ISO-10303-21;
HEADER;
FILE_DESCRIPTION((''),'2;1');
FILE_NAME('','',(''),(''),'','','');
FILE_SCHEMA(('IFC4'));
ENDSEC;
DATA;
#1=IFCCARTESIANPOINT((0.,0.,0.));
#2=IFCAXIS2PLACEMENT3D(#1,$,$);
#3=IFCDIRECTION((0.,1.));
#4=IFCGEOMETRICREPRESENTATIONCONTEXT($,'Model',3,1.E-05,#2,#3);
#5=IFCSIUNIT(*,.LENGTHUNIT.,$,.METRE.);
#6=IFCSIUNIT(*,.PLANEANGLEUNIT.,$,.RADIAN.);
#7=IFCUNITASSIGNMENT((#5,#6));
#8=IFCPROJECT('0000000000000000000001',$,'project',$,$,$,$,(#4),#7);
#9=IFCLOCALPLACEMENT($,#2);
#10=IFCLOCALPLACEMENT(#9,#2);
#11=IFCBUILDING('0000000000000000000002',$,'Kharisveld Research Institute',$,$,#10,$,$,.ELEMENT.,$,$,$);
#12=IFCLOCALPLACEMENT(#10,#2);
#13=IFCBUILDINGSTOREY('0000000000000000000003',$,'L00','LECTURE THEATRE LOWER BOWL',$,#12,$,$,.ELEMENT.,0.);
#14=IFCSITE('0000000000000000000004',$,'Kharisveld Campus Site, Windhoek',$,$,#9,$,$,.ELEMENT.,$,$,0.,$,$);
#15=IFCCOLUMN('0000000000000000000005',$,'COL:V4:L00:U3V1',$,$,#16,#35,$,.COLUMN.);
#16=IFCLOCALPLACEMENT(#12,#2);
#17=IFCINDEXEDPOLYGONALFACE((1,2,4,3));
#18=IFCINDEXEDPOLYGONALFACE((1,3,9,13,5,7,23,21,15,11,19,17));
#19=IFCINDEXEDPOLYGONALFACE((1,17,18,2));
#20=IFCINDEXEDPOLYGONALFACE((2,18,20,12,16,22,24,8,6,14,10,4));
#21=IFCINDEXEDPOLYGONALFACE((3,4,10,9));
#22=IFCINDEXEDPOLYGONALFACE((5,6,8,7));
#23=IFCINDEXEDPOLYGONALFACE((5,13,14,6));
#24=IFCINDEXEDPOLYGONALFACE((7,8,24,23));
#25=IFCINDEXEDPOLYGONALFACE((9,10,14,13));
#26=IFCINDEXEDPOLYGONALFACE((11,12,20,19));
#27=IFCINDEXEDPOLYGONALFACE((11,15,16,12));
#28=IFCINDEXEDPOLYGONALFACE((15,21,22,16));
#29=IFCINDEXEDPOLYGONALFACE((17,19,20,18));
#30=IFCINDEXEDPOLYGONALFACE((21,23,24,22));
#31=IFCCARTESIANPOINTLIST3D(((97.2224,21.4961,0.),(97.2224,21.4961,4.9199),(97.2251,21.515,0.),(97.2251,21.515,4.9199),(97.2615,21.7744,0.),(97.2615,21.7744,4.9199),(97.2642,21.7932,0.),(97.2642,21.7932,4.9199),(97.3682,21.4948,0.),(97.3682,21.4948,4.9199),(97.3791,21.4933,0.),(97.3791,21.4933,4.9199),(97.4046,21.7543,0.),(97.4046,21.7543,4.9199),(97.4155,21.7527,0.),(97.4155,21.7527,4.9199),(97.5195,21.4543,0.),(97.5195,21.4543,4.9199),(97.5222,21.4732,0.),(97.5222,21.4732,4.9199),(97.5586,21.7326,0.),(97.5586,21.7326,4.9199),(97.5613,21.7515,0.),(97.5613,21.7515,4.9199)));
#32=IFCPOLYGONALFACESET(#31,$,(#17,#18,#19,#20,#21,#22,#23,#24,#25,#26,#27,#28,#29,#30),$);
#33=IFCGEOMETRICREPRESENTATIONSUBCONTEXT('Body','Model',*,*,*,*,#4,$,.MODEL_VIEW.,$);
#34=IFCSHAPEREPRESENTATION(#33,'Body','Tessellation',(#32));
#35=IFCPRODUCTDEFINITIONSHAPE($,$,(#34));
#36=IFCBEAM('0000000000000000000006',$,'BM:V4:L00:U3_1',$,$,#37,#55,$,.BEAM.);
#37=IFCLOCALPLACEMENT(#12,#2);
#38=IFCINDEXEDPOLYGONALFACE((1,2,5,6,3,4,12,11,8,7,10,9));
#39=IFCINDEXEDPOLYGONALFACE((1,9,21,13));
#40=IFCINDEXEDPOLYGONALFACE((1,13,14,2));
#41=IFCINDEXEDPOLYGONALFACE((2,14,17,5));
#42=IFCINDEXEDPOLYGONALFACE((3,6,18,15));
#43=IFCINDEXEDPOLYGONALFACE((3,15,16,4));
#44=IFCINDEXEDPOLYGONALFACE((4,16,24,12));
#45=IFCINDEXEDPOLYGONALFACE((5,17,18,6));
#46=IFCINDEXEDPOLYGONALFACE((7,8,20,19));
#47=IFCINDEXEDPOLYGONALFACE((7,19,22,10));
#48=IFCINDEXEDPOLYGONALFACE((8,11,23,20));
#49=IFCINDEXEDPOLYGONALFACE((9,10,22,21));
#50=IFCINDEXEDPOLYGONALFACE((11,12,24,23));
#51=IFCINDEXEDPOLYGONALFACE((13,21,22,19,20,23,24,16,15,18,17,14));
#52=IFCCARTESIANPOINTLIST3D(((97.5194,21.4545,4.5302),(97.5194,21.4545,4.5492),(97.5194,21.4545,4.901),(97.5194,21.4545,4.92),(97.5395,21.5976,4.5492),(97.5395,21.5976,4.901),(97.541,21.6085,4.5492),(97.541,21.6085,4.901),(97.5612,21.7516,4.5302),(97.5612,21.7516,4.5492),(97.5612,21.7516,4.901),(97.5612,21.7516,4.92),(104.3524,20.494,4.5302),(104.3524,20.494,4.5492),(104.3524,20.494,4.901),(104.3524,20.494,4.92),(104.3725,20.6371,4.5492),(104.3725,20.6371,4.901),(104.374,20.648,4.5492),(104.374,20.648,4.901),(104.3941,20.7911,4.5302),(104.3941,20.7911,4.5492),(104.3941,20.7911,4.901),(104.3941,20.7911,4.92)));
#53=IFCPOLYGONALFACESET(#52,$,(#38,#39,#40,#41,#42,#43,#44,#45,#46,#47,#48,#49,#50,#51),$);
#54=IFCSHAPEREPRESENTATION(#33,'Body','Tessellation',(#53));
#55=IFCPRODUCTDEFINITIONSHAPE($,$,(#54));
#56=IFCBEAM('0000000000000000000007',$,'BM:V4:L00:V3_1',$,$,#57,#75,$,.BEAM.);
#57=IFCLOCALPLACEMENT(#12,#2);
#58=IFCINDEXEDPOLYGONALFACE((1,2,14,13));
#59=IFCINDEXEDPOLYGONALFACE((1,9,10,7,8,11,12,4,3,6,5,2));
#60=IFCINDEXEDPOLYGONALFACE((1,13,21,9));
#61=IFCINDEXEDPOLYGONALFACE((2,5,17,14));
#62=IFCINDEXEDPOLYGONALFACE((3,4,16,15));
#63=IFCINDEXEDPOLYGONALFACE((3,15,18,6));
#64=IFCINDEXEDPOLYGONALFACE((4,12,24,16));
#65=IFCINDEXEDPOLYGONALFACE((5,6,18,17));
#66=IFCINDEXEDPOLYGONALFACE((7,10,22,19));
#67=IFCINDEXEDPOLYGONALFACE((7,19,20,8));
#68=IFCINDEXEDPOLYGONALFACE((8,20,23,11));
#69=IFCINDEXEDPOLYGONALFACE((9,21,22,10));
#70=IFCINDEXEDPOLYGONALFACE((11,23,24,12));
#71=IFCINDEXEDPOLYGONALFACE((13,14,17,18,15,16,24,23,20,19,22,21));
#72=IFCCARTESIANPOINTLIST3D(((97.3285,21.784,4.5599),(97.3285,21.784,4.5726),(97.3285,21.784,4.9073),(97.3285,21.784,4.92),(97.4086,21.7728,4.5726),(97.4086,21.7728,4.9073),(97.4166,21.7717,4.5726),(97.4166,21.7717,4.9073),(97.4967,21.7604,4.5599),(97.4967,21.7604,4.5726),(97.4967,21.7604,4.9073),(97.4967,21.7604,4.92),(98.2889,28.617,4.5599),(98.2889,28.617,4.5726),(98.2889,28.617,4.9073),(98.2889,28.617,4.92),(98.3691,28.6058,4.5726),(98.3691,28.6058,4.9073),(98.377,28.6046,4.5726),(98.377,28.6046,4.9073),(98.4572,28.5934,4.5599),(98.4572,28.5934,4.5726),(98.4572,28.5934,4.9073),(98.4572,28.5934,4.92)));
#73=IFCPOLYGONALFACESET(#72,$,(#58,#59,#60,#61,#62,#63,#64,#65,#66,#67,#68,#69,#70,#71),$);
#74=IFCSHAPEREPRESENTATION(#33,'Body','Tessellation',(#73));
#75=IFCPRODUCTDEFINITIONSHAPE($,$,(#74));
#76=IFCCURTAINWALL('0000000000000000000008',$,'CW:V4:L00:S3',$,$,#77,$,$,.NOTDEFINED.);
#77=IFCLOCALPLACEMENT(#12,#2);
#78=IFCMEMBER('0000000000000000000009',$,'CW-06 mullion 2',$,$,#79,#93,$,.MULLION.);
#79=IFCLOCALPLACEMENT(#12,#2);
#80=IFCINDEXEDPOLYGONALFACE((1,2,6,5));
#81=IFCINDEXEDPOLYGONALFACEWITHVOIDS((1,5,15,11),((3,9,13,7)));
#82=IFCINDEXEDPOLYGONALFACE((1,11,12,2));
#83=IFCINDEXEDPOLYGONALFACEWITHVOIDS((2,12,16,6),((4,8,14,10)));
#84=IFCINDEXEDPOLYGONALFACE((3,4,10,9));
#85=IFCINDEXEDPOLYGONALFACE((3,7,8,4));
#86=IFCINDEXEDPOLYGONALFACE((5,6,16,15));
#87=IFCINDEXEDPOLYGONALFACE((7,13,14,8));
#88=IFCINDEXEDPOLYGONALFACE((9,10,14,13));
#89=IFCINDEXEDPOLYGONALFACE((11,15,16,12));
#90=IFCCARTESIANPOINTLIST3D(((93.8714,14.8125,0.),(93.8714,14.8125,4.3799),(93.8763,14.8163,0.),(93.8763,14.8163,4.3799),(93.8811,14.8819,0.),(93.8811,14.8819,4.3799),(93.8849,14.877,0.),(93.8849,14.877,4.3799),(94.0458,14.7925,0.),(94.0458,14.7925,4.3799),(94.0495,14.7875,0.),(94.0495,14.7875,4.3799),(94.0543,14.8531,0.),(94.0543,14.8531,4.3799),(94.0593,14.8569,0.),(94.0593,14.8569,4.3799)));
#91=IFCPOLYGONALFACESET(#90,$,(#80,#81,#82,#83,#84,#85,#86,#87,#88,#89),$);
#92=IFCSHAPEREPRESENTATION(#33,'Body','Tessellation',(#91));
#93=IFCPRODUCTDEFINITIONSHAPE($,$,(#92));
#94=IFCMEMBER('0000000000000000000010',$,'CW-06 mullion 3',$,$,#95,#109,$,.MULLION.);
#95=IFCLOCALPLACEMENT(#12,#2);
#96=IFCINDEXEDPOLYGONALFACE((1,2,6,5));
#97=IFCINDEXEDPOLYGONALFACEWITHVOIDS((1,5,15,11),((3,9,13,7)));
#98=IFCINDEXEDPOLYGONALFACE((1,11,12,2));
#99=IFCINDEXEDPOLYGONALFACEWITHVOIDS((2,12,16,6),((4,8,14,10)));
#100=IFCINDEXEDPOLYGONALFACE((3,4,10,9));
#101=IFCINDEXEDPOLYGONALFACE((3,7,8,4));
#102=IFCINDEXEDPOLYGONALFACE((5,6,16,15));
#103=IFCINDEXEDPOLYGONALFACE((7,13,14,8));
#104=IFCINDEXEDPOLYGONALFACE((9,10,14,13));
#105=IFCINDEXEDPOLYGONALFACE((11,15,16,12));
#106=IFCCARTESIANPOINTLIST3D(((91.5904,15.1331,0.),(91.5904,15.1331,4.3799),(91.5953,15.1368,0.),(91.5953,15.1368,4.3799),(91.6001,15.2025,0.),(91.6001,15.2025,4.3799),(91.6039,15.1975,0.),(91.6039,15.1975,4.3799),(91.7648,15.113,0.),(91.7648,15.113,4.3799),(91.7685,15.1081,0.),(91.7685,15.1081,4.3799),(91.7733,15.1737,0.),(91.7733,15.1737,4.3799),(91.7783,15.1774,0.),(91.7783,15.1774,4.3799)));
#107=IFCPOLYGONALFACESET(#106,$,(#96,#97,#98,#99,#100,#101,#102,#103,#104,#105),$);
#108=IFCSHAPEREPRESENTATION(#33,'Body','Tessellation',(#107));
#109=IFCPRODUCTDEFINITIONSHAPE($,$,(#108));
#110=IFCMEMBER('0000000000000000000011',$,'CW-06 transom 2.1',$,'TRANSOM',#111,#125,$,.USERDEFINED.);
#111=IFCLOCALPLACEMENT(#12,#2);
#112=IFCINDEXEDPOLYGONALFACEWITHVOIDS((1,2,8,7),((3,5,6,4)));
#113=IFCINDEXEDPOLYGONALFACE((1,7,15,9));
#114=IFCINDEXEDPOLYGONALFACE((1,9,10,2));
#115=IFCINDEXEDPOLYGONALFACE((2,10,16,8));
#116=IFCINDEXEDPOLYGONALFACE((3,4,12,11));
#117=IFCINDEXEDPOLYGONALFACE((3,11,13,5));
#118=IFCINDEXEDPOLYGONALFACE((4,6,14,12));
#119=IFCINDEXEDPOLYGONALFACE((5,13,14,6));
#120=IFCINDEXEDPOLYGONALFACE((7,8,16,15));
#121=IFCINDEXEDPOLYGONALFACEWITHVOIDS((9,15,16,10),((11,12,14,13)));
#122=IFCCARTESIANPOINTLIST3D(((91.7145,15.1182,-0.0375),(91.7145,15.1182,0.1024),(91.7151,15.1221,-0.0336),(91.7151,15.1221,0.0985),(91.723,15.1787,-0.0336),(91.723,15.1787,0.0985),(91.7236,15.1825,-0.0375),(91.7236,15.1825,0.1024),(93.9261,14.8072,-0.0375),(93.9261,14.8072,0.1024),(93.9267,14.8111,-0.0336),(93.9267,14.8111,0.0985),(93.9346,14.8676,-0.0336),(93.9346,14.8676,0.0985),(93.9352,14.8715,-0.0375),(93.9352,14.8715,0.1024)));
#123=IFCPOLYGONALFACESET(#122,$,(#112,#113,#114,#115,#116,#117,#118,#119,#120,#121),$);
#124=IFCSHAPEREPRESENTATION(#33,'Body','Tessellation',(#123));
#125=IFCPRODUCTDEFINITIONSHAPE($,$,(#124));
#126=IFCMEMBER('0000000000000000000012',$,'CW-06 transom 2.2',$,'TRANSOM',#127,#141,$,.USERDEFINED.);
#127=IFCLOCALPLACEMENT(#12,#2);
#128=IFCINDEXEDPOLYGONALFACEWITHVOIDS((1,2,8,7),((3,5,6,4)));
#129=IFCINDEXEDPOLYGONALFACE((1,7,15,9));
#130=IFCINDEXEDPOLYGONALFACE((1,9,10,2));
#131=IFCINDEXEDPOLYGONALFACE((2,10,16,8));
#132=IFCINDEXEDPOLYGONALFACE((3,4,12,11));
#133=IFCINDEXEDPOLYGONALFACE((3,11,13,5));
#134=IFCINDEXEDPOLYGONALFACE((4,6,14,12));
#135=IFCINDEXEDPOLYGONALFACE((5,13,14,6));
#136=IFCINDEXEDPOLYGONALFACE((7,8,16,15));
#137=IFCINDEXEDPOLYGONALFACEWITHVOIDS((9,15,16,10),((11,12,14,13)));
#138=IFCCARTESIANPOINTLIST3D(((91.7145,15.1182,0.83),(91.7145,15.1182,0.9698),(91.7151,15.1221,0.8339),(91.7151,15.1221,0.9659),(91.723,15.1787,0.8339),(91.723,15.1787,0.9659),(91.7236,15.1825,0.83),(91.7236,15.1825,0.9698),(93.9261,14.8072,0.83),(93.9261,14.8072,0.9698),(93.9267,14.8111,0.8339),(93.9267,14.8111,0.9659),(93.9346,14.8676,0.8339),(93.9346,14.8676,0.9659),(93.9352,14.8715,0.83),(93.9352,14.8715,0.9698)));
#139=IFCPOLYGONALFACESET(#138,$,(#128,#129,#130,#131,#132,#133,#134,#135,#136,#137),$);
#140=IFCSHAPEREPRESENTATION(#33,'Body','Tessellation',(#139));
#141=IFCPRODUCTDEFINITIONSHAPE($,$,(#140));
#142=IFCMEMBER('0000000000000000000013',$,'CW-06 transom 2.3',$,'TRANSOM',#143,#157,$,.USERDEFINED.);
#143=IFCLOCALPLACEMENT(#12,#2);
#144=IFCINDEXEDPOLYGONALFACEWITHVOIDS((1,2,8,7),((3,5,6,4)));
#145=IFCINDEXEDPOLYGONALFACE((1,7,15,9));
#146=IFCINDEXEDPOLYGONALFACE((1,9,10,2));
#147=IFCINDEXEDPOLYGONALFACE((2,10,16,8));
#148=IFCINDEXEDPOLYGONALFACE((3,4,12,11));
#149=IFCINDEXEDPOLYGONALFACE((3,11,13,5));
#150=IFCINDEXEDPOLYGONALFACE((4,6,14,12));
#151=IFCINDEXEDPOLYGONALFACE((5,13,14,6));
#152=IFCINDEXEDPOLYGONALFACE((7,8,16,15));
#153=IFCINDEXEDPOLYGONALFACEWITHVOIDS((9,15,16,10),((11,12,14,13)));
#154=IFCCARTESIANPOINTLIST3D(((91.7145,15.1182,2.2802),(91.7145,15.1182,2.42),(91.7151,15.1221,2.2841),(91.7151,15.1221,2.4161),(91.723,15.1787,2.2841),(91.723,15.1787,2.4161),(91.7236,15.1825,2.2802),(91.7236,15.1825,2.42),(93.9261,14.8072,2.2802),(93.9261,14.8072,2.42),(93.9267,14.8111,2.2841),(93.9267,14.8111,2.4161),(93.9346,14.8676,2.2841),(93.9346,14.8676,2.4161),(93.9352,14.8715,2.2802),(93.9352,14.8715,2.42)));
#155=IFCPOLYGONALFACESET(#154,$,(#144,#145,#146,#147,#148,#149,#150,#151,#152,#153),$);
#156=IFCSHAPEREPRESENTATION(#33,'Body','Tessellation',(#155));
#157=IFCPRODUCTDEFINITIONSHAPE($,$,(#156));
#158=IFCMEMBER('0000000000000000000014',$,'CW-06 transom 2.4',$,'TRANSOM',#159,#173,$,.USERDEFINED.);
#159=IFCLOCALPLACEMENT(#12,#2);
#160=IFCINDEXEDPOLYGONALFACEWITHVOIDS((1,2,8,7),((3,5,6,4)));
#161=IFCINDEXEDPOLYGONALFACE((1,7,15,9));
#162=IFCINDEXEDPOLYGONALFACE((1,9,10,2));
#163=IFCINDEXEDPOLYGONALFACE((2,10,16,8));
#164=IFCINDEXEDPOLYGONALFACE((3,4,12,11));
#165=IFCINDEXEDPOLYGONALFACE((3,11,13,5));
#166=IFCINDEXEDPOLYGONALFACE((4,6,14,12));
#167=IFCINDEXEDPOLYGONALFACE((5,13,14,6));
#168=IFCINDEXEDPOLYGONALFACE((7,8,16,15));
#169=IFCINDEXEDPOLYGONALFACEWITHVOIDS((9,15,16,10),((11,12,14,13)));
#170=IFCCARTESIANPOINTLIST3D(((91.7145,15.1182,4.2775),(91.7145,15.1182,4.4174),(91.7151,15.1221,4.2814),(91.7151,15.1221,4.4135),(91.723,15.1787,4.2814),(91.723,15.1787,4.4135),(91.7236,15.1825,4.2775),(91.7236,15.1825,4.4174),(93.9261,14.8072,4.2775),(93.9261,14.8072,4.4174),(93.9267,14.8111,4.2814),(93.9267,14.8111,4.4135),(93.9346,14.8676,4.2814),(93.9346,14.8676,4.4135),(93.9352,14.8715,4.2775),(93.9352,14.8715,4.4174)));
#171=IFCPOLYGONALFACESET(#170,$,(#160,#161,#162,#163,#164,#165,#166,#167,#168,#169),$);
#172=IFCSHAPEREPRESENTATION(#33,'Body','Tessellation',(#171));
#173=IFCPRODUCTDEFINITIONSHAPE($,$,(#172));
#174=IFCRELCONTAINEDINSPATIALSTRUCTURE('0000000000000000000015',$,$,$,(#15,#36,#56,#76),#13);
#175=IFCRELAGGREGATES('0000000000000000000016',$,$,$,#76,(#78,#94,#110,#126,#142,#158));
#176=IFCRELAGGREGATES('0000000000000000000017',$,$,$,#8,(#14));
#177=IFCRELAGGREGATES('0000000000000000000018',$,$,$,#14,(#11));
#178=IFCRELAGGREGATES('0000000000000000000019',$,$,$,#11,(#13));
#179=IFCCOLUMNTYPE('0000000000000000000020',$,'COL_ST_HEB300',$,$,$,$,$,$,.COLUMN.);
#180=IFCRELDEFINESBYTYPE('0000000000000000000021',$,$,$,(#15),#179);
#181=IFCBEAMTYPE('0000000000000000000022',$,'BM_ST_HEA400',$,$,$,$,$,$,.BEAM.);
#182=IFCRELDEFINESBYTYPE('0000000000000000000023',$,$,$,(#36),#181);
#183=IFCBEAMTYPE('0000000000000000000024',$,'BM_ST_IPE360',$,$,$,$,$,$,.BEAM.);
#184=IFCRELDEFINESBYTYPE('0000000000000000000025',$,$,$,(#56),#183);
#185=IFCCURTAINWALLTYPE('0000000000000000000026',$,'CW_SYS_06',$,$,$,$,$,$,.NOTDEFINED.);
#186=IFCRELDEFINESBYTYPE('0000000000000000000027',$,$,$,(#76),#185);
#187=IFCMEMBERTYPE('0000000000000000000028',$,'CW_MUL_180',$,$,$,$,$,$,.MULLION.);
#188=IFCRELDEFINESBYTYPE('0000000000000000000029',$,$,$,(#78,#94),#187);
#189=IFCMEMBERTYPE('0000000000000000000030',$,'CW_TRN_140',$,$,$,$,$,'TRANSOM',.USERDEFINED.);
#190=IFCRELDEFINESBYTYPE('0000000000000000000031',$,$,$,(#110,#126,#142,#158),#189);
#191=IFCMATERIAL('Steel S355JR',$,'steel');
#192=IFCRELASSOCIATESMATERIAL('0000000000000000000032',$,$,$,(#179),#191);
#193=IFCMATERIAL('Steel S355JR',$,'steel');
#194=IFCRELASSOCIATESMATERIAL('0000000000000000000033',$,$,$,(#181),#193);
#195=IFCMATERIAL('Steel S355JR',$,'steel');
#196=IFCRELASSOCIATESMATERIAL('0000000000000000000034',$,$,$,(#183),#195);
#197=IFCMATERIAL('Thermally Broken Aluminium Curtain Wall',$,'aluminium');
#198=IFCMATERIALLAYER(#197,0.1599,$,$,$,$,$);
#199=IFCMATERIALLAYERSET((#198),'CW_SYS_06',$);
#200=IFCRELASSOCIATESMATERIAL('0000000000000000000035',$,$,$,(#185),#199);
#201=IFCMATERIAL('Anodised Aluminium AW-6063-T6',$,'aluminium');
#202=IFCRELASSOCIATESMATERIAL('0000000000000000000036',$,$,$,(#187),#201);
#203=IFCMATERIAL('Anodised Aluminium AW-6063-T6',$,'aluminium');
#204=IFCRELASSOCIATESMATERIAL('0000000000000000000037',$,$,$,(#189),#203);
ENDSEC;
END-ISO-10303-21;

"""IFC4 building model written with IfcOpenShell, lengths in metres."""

from ifc_helpers import new_model, si_unit, direction, frame, origin, origin_2d, place, context, subcontext, project, spatial, hollow_rectangle, i_section, extrude, material, layer, layer_set, material_profile, profile_set, type_object, element, aggregate, save


model = new_model("IFC4")

# Units and contexts
model_context = context("Model", 3, precision=1e-05, world=origin(), true_north=direction((0.0, 1.0)))
body_context = subcontext(model_context, "Body", "Model", "MODEL_VIEW")
ifc_project = project(units=[si_unit("LENGTHUNIT", "METRE"), si_unit("PLANEANGLEUNIT", "RADIAN")], contexts=[model_context])

# Site, building, storey
site_placement = place(None, origin())
site = spatial("IfcSite", under=ifc_project, at=site_placement, Name="Kharisveld Campus Site, Windhoek", CompositionType="ELEMENT", RefElevation=0.0)
building_placement = place(site_placement, origin())
building = spatial("IfcBuilding", under=site, at=building_placement, Name="Kharisveld Research Institute", CompositionType="ELEMENT")
storey_placement = place(building_placement, origin())
storey = spatial("IfcBuildingStorey", under=building, at=storey_placement, Name="L00", Description="LECTURE THEATRE LOWER BOWL", CompositionType="ELEMENT", Elevation=0.0)

# Column
ifc_material_1 = material(Name="Steel S355JR", Category="steel")
ifc_material_profile_1 = material_profile(ifc_material_1, i_section(OverallWidth=0.3, OverallDepth=0.3, WebThickness=0.011, FlangeThickness=0.019, at=origin_2d()))
ifc_profile_set_1 = profile_set([ifc_material_profile_1], Name="Steel S355JR")
column_type = type_object("IfcColumnType", Name="COL_ST_HEB300", PredefinedType="COLUMN", material=ifc_profile_set_1)
column_placement = place(storey_placement, frame((97.3918, 21.6238, 0.0), z_axis=(0.0, 0.0, 1.0), x_axis=(0.990268, -0.139173, 0.0)))
element("IfcColumn", 1, at=column_placement, inside=storey, type_object=column_type, Name="COL:V4:L00:U3V1", PredefinedType="COLUMN", context=body_context, shape_type="SweptSolid", body=[
    extrude(i_section(OverallWidth=0.3, OverallDepth=0.3, WebThickness=0.011, FlangeThickness=0.019, at=origin_2d()), origin(), (0.0, 0.0, 1.0), 4.9199),
])

# Beams
ifc_material_2 = material(Name="Steel S355JR", Category="steel")
ifc_material_profile_2 = material_profile(ifc_material_2, i_section(OverallWidth=0.3, OverallDepth=0.3899, WebThickness=0.011, FlangeThickness=0.019, at=origin_2d()))
ifc_profile_set_2 = profile_set([ifc_material_profile_2], Name="Steel S355JR")
beam_type_1 = type_object("IfcBeamType", Name="BM_ST_HEA400", PredefinedType="BEAM", material=ifc_profile_set_2)
beam_1_placement = place(storey_placement, frame((97.5403, 21.603, 4.7251), z_axis=(0.990265, -0.139192, 0.0), x_axis=(0.139192, 0.990265, 0.0)))
element("IfcBeam", 2, at=beam_1_placement, inside=storey, type_object=beam_type_1, Name="BM:V4:L00:U3_1", PredefinedType="BEAM", context=body_context, shape_type="SweptSolid", body=[
    extrude(i_section(OverallWidth=0.3, OverallDepth=0.3899, WebThickness=0.011, FlangeThickness=0.019, at=origin_2d()), origin(), (0.0, 0.0, 1.0), 6.9001),
])
ifc_material_3 = material(Name="Steel S355JR", Category="steel")
ifc_material_profile_3 = material_profile(ifc_material_3, i_section(OverallWidth=0.1699, OverallDepth=0.3601, WebThickness=0.0081, FlangeThickness=0.0127, at=origin_2d()))
ifc_profile_set_3 = profile_set([ifc_material_profile_3], Name="Steel S355JR")
beam_type_2 = type_object("IfcBeamType", Name="BM_ST_IPE360", PredefinedType="BEAM", material=ifc_profile_set_3)
beam_2_placement = place(storey_placement, frame((97.4126, 21.7722, 4.74), z_axis=(0.139192, 0.990265, 0.0), x_axis=(-0.990265, 0.139192, 0.0)))
element("IfcBeam", 3, at=beam_2_placement, inside=storey, type_object=beam_type_2, Name="BM:V4:L00:V3_1", PredefinedType="BEAM", context=body_context, shape_type="SweptSolid", body=[
    extrude(i_section(OverallWidth=0.1699, OverallDepth=0.3601, WebThickness=0.0081, FlangeThickness=0.0127, at=origin_2d()), origin(), (0.0, 0.0, 1.0), 6.9001),
])

# Curtain wall, members
ifc_material_4 = material(Name="Thermally Broken Aluminium Curtain Wall", Category="aluminium")
ifc_layer_1 = layer(ifc_material_4, 0.1599)
ifc_layer_set_1 = layer_set([ifc_layer_1], Name="CW_SYS_06")
curtain_wall_type = type_object("IfcCurtainWallType", Name="CW_SYS_06", PredefinedType="NOTDEFINED", material=ifc_layer_set_1)
curtain_wall_placement = place(storey_placement, origin())
curtain_wall = element("IfcCurtainWall", 4, at=curtain_wall_placement, inside=storey, type_object=curtain_wall_type, Name="CW:V4:L00:S3", PredefinedType="NOTDEFINED")
ifc_material_5 = material(Name="Anodised Aluminium AW-6063-T6", Category="aluminium")
ifc_material_profile_4 = material_profile(ifc_material_5, hollow_rectangle(XDim=0.0701, YDim=0.1799, WallThickness=0.0044, at=origin_2d()))
ifc_profile_set_4 = profile_set([ifc_material_profile_4], Name="Anodised Aluminium AW-6063-T6")
member_type_1 = type_object("IfcMemberType", Name="CW_MUL_180", PredefinedType="MULLION", material=ifc_profile_set_4)
member_1_placement = place(storey_placement, frame((93.9653, 14.8347, 0.0), z_axis=(0.0, 0.0, 1.0), x_axis=(-0.139173, -0.990268, 0.0)))
member_1 = element("IfcMember", 5, at=member_1_placement, type_object=member_type_1, Name="CW-06 mullion 2", PredefinedType="MULLION", context=body_context, shape_type="SweptSolid", body=[
    extrude(hollow_rectangle(XDim=0.0701, YDim=0.1799, WallThickness=0.0044, at=origin_2d()), origin(), (0.0, 0.0, 1.0), 4.3799),
])
member_2_placement = place(storey_placement, frame((91.6843, 15.1553, 0.0), z_axis=(0.0, 0.0, 1.0), x_axis=(-0.139173, -0.990268, 0.0)))
member_2 = element("IfcMember", 6, at=member_2_placement, type_object=member_type_1, Name="CW-06 mullion 3", PredefinedType="MULLION", context=body_context, shape_type="SweptSolid", body=[
    extrude(hollow_rectangle(XDim=0.0701, YDim=0.1799, WallThickness=0.0044, at=origin_2d()), origin(), (0.0, 0.0, 1.0), 4.3799),
])
ifc_material_6 = material(Name="Anodised Aluminium AW-6063-T6", Category="aluminium")
ifc_material_profile_5 = material_profile(ifc_material_6, hollow_rectangle(XDim=0.0649, YDim=0.1399, WallThickness=0.0039, at=origin_2d()))
ifc_profile_set_5 = profile_set([ifc_material_profile_5], Name="Anodised Aluminium AW-6063-T6")
member_type_2 = type_object("IfcMemberType", Name="CW_TRN_140", ElementType="TRANSOM", PredefinedType="USERDEFINED", material=ifc_profile_set_5)
member_3_placement = place(storey_placement, frame((93.9307, 14.8394, 0.0325), z_axis=(-0.990255, 0.139263, 0.0), x_axis=(-0.139263, -0.990255, 0.0)))
member_3 = element("IfcMember", 7, at=member_3_placement, type_object=member_type_2, Name="CW-06 transom 2.1", ObjectType="TRANSOM", PredefinedType="USERDEFINED", context=body_context, shape_type="SweptSolid", body=[
    extrude(hollow_rectangle(XDim=0.0649, YDim=0.1399, WallThickness=0.0039, at=origin_2d()), origin(), (0.0, 0.0, 1.0), 2.2334),
])
member_4_placement = place(storey_placement, frame((93.9307, 14.8394, 0.8999), z_axis=(-0.990255, 0.139263, 0.0), x_axis=(-0.139263, -0.990255, 0.0)))
member_4 = element("IfcMember", 8, at=member_4_placement, type_object=member_type_2, Name="CW-06 transom 2.2", ObjectType="TRANSOM", PredefinedType="USERDEFINED", context=body_context, shape_type="SweptSolid", body=[
    extrude(hollow_rectangle(XDim=0.0649, YDim=0.1399, WallThickness=0.0039, at=origin_2d()), origin(), (0.0, 0.0, 1.0), 2.2334),
])
member_5_placement = place(storey_placement, frame((93.9307, 14.8394, 2.3501), z_axis=(-0.990255, 0.139263, 0.0), x_axis=(-0.139263, -0.990255, 0.0)))
member_5 = element("IfcMember", 9, at=member_5_placement, type_object=member_type_2, Name="CW-06 transom 2.3", ObjectType="TRANSOM", PredefinedType="USERDEFINED", context=body_context, shape_type="SweptSolid", body=[
    extrude(hollow_rectangle(XDim=0.0649, YDim=0.1399, WallThickness=0.0039, at=origin_2d()), origin(), (0.0, 0.0, 1.0), 2.2334),
])
member_6_placement = place(storey_placement, frame((93.9307, 14.8394, 4.3474), z_axis=(-0.990255, 0.139263, 0.0), x_axis=(-0.139263, -0.990255, 0.0)))
member_6 = element("IfcMember", 10, at=member_6_placement, type_object=member_type_2, Name="CW-06 transom 2.4", ObjectType="TRANSOM", PredefinedType="USERDEFINED", context=body_context, shape_type="SweptSolid", body=[
    extrude(hollow_rectangle(XDim=0.0649, YDim=0.1399, WallThickness=0.0039, at=origin_2d()), origin(), (0.0, 0.0, 1.0), 2.2334),
])

aggregate(curtain_wall, [member_1, member_2, member_3, member_4, member_5, member_6])

save(model, "model.ifc")
